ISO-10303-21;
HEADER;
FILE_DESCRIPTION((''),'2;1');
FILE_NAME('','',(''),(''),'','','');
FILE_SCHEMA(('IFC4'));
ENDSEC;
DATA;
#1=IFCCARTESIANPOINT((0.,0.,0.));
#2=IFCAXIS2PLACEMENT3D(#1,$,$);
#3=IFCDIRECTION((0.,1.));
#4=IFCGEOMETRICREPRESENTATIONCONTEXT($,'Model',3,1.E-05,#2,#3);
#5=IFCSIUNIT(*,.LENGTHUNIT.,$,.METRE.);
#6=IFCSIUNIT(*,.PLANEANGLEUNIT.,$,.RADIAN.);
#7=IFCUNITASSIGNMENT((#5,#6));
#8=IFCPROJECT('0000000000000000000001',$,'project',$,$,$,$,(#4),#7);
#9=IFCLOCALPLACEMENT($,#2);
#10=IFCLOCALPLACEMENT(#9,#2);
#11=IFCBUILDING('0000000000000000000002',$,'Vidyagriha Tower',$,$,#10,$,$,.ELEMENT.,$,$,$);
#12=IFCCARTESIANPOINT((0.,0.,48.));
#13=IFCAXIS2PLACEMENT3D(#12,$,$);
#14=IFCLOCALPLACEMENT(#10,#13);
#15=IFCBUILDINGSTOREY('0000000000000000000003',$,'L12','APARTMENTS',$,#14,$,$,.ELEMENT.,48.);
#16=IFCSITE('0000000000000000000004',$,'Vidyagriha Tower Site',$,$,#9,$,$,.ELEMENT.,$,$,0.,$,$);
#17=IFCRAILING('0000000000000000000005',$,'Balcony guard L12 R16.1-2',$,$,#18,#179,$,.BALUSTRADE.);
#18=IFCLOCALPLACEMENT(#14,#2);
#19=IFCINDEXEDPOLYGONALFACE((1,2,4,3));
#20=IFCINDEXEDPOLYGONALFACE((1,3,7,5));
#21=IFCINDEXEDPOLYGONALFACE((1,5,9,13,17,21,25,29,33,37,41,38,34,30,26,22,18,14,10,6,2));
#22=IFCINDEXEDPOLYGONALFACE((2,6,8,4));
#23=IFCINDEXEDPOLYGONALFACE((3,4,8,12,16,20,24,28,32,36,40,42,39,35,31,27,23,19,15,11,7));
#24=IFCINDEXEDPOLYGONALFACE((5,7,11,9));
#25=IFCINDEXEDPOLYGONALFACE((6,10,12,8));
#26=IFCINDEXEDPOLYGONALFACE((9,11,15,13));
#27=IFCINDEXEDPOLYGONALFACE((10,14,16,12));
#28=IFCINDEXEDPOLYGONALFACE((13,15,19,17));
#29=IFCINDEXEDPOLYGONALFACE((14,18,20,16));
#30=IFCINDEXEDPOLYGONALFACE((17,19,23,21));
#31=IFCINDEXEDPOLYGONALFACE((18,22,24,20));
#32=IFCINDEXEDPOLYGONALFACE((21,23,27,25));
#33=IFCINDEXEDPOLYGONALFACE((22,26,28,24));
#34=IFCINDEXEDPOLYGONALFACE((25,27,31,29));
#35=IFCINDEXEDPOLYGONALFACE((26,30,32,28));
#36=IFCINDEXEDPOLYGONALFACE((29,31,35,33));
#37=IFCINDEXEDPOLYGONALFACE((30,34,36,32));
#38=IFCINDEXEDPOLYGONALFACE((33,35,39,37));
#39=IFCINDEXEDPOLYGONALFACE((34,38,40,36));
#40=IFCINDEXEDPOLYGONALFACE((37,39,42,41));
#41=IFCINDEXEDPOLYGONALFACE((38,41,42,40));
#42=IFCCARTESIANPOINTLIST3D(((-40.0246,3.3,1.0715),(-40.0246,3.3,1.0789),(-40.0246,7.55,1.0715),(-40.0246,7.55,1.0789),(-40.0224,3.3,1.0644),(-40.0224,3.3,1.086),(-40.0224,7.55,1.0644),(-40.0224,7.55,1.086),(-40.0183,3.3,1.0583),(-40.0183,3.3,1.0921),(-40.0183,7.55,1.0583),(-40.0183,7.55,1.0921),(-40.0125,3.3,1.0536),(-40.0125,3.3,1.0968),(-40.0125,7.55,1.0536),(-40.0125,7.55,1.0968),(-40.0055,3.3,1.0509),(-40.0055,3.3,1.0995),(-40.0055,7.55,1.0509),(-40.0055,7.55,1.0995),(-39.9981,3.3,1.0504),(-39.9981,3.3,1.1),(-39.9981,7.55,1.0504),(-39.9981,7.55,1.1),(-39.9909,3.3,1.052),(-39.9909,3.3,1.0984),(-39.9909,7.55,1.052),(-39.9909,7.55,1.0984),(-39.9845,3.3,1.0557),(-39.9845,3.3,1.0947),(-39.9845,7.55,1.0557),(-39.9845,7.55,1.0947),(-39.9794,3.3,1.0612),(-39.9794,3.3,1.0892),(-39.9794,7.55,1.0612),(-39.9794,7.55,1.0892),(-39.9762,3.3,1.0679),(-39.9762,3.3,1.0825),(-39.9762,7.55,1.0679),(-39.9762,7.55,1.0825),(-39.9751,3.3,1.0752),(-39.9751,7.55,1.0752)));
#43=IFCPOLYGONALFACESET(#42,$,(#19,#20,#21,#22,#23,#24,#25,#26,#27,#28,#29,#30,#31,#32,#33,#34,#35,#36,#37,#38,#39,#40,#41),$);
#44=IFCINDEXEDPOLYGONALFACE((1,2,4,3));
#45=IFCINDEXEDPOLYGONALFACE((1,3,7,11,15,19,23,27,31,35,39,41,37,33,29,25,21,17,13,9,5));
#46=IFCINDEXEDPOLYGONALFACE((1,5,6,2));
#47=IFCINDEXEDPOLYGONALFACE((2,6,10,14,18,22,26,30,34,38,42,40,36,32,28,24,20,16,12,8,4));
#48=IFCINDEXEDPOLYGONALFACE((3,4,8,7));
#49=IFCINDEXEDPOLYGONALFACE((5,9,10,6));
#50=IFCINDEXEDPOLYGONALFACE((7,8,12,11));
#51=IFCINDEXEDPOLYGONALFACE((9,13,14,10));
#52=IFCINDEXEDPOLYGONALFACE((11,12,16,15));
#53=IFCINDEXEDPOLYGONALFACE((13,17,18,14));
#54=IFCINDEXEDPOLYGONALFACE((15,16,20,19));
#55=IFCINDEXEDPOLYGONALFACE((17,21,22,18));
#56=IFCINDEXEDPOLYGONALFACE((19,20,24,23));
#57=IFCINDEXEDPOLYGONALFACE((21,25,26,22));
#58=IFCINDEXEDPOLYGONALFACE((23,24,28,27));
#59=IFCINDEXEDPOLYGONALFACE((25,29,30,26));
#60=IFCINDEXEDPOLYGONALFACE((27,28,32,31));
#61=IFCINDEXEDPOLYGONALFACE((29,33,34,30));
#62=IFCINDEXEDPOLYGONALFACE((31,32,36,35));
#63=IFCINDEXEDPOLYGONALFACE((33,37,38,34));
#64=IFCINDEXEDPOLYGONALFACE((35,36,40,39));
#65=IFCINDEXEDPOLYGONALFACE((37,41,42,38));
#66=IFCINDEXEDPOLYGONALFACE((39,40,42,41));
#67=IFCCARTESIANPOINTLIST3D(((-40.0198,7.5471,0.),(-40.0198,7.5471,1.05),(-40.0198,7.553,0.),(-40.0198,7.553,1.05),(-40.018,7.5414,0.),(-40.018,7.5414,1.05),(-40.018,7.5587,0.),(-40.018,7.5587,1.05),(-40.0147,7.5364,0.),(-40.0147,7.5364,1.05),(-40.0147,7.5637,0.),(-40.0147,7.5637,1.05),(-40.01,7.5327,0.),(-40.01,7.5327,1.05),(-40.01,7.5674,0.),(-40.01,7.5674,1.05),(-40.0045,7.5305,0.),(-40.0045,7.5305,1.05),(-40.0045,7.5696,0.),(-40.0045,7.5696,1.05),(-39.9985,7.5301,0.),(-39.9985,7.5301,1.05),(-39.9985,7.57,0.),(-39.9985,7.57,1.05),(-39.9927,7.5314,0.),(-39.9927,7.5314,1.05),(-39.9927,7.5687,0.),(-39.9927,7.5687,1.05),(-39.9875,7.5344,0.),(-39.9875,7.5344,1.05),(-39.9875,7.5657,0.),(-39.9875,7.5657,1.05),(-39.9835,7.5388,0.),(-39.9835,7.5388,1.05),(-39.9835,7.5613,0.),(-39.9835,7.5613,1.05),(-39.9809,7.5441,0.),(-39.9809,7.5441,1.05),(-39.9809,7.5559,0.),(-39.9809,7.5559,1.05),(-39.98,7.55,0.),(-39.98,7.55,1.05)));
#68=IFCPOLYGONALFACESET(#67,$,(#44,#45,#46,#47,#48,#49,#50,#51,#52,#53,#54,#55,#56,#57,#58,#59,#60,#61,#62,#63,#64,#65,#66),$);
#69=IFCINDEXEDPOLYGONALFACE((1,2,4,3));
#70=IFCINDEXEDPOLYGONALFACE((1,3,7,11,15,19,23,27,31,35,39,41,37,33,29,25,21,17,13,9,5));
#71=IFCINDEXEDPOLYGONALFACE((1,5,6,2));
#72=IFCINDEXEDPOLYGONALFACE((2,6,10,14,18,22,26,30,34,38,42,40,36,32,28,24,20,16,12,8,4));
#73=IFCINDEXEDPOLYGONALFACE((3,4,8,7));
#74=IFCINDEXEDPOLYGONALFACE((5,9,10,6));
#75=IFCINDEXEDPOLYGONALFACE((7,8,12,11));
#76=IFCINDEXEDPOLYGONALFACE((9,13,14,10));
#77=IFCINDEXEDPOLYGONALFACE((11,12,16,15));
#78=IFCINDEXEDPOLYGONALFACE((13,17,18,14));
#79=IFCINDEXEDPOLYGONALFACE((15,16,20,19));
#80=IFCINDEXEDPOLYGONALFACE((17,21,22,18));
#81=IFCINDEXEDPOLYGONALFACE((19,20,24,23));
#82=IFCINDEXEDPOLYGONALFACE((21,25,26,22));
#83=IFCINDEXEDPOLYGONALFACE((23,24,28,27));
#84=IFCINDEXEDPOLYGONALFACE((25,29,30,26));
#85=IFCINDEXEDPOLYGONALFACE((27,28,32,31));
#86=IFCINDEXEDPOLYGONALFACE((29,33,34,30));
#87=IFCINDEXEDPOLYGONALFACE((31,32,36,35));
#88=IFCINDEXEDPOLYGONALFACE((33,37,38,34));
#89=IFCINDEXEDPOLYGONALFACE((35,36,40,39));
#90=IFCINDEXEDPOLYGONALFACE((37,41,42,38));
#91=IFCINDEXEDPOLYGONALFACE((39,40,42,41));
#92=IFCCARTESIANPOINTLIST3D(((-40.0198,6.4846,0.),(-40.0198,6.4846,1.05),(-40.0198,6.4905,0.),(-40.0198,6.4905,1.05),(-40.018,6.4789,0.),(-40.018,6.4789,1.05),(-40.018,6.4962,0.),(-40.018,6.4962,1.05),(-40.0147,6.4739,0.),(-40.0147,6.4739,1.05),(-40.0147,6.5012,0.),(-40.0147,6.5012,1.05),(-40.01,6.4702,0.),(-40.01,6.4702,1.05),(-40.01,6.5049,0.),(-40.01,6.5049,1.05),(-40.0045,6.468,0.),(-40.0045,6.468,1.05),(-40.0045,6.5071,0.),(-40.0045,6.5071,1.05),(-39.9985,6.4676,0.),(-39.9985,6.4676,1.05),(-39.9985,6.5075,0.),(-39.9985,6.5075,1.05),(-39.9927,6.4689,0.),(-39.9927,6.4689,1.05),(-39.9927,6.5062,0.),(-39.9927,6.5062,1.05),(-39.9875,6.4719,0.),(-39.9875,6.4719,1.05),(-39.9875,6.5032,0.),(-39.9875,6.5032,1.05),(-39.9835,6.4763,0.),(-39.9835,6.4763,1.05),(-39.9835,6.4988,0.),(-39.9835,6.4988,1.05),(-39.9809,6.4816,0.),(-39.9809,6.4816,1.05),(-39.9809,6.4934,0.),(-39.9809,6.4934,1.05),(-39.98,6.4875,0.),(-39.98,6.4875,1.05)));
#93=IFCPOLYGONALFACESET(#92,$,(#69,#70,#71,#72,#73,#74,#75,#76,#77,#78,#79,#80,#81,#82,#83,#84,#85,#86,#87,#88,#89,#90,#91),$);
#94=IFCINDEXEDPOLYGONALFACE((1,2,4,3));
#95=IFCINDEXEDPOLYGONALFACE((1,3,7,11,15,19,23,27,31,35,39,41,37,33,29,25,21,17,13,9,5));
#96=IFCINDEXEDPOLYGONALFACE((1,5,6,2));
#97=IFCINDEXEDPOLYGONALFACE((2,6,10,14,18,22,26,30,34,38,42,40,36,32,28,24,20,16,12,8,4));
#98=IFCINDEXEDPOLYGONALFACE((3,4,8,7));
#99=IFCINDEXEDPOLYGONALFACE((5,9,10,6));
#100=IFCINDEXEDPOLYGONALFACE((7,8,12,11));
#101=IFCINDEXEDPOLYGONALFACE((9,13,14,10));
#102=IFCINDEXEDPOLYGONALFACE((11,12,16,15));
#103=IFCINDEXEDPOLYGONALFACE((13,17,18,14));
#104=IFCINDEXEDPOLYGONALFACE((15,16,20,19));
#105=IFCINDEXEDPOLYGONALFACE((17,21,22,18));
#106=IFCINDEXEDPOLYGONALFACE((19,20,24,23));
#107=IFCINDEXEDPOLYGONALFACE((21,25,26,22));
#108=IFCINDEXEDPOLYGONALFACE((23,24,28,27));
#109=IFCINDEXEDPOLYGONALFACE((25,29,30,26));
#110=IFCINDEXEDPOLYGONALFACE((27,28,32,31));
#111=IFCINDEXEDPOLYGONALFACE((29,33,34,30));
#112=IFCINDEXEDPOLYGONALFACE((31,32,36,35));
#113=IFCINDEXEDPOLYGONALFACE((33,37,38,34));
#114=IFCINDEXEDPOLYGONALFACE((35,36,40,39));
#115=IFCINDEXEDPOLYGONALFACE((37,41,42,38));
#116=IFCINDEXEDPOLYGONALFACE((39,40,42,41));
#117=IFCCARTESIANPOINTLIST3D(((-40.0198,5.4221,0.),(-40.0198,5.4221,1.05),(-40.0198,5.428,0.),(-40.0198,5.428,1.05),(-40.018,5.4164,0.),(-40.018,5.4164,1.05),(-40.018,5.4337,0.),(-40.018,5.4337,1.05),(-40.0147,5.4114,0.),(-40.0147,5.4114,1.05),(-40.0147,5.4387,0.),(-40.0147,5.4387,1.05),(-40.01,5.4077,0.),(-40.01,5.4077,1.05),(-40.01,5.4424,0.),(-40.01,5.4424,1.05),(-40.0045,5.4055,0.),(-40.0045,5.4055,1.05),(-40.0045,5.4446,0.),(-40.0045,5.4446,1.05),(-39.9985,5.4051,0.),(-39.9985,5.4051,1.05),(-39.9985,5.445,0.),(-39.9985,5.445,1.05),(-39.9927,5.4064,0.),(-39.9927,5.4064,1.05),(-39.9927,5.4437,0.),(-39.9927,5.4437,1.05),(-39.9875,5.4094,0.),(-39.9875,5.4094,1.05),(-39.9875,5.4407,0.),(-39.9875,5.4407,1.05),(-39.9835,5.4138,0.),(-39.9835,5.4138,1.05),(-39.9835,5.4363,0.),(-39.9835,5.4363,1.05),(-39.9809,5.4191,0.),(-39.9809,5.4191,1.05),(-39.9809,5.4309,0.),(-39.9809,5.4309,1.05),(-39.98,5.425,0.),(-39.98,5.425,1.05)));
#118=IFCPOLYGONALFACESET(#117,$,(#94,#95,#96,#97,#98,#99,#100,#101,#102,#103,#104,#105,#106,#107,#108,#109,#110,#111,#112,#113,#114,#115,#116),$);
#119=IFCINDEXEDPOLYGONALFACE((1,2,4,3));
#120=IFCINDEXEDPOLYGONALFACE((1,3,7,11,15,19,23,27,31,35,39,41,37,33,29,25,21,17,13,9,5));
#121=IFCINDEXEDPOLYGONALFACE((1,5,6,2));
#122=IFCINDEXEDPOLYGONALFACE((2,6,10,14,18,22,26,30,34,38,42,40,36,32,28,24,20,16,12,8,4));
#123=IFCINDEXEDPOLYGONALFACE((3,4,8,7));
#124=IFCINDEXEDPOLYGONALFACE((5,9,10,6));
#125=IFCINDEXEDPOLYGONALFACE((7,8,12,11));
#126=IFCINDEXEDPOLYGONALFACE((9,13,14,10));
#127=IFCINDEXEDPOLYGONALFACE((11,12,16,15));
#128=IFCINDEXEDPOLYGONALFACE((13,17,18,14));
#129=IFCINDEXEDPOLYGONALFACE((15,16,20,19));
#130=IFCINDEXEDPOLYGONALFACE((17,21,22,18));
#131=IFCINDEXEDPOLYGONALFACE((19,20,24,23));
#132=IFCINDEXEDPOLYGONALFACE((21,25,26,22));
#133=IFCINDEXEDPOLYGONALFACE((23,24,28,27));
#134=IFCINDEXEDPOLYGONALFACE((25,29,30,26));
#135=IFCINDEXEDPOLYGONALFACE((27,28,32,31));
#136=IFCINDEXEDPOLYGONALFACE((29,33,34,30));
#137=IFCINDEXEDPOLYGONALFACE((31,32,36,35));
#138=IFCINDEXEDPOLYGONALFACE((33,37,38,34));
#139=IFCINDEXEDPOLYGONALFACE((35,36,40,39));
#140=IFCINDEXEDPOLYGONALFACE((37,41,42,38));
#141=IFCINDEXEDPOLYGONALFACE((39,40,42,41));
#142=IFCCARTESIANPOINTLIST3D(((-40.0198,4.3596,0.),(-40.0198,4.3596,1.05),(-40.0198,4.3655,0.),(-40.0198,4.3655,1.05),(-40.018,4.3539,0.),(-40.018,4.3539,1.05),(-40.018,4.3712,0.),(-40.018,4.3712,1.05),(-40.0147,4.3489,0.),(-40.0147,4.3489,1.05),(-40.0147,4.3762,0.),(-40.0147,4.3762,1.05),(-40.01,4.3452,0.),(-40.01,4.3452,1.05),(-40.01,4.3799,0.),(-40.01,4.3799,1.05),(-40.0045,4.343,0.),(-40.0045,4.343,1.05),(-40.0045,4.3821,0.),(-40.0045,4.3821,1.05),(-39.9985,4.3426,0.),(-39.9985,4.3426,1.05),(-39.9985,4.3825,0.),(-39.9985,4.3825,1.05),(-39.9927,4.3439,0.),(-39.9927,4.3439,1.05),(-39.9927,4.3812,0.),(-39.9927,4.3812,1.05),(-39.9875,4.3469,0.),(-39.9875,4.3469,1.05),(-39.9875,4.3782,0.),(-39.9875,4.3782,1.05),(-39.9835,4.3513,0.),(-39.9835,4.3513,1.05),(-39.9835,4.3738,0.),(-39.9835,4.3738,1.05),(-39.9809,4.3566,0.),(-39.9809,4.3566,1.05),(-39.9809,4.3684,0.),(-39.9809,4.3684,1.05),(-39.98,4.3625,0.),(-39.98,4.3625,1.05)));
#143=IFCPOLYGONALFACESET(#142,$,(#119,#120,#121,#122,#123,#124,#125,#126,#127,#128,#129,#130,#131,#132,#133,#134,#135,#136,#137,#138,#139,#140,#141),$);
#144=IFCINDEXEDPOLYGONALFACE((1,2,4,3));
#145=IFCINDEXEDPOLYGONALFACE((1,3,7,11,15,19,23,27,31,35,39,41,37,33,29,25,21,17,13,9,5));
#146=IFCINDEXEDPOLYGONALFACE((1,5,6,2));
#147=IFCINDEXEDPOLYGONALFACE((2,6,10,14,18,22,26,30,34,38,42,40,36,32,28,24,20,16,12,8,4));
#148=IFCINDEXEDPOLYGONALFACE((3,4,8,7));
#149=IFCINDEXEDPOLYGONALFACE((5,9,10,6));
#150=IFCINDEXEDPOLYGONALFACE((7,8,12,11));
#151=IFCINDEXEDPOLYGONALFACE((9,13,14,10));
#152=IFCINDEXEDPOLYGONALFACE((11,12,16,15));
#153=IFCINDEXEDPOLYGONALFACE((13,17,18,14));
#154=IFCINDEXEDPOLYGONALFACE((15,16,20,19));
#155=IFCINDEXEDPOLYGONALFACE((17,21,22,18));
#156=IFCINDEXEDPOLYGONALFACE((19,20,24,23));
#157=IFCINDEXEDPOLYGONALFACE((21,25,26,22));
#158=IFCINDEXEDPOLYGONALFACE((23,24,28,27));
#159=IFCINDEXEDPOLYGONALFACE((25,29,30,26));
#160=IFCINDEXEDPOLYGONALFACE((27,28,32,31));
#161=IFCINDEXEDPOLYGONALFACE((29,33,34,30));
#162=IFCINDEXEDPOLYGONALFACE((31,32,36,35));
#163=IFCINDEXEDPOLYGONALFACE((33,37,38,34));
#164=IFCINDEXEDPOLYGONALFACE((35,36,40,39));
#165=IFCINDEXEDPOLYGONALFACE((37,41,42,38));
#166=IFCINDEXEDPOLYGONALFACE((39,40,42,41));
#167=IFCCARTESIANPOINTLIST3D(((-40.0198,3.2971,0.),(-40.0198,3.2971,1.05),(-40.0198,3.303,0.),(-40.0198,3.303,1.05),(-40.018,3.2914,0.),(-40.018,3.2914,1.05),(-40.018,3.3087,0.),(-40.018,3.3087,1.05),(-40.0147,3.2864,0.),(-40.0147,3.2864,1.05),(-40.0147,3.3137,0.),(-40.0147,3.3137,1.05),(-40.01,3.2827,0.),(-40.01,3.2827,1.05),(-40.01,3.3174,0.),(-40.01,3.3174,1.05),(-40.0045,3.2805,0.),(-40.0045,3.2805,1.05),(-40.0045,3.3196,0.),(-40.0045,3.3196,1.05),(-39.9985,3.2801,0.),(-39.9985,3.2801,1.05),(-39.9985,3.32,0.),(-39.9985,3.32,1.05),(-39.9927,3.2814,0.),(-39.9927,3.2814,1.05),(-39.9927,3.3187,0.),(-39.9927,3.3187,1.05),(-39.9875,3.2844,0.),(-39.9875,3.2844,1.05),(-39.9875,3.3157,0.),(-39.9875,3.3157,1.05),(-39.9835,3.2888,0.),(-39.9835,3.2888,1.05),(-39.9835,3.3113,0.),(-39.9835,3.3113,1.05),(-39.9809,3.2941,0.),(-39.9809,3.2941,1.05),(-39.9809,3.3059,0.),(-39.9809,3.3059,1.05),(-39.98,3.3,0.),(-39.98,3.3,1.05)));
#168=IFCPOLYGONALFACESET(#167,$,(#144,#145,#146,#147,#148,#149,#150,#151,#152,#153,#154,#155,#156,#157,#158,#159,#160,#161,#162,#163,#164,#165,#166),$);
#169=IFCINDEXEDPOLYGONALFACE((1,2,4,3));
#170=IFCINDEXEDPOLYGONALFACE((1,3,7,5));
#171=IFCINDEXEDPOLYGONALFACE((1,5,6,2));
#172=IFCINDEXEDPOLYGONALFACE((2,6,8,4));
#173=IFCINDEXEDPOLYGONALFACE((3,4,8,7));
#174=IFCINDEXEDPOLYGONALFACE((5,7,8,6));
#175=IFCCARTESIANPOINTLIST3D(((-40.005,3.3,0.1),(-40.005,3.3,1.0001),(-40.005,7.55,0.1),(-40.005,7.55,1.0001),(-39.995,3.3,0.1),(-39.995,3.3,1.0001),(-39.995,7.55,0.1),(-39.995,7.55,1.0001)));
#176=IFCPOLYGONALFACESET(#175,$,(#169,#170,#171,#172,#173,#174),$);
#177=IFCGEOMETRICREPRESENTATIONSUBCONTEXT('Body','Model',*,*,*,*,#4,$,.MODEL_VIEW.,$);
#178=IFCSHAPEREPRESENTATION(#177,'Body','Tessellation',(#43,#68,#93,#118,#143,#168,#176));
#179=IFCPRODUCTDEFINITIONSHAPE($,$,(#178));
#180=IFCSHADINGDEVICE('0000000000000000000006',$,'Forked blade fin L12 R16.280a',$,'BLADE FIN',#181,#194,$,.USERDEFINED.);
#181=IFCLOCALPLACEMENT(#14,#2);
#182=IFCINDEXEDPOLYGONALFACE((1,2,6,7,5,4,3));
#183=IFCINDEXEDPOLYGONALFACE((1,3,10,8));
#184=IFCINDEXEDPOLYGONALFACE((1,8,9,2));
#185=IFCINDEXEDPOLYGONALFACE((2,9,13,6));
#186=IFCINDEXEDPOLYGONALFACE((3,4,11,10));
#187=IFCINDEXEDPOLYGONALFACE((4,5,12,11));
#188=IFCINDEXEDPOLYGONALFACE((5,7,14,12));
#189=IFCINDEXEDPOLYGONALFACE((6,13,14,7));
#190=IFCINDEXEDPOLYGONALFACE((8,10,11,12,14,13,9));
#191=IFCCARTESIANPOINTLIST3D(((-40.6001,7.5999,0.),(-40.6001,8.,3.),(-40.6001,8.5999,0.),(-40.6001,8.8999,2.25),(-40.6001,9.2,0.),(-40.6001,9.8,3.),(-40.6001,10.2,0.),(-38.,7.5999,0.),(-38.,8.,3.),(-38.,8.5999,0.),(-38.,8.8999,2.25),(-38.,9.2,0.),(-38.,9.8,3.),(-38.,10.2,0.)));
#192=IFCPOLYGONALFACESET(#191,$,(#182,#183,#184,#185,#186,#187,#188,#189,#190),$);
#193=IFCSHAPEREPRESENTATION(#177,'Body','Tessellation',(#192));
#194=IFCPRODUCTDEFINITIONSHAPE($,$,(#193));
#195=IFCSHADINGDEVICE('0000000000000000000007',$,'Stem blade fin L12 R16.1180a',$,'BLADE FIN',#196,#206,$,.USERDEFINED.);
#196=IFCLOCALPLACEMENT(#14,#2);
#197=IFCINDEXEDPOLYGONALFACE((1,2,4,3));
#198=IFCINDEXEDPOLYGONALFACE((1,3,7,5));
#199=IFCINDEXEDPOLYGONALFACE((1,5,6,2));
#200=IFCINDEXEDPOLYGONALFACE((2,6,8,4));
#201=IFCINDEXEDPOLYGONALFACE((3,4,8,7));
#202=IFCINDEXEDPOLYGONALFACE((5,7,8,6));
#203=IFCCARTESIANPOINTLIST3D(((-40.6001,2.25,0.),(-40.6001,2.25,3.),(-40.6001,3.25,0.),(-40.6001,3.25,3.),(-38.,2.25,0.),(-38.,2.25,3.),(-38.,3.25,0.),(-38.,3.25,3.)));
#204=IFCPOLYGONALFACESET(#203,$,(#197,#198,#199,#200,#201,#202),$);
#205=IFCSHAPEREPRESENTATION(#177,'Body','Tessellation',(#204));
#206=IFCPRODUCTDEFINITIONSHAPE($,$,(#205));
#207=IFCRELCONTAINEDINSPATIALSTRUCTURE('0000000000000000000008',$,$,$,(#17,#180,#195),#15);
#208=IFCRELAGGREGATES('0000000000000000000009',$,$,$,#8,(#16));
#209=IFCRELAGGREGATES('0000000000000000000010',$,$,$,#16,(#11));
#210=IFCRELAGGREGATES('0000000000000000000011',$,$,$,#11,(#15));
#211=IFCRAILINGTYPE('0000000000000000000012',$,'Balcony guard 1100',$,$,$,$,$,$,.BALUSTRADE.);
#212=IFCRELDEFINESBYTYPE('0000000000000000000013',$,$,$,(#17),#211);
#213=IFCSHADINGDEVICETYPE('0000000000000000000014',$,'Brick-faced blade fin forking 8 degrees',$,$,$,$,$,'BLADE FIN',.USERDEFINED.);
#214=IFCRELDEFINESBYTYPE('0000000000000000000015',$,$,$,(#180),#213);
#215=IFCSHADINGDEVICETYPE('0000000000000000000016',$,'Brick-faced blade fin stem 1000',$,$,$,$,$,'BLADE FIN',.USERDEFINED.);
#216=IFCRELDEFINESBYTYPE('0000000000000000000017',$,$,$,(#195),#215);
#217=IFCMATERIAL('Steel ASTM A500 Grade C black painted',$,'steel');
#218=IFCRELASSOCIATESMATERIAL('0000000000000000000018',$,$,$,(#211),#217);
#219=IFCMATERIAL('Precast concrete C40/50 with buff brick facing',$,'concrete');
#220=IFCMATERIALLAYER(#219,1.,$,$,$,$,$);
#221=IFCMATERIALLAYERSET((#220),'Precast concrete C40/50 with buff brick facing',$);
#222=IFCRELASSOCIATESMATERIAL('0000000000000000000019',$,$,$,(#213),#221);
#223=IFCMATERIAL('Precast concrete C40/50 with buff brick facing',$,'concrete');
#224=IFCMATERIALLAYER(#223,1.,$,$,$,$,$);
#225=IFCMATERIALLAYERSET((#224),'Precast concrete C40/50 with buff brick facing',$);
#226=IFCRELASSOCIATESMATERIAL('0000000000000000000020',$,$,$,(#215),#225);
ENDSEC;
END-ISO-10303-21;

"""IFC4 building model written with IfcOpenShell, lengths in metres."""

from ifc_helpers import new_model, si_unit, direction, frame, origin, origin_2d, place, context, subcontext, project, spatial, polyline, rectangle, circle, outline, extrude, material, layer, layer_set, type_object, element, save


model = new_model("IFC4")

# Units and contexts
model_context = context("Model", 3, precision=1e-05, world=origin(), true_north=direction((0.0, 1.0)))
body_context = subcontext(model_context, "Body", "Model", "MODEL_VIEW")
ifc_project = project(units=[si_unit("LENGTHUNIT", "METRE"), si_unit("PLANEANGLEUNIT", "RADIAN")], contexts=[model_context])

# Site, building, storey
site_placement = place(None, origin())
site = spatial("IfcSite", under=ifc_project, at=site_placement, Name="Vidyagriha Tower Site", CompositionType="ELEMENT", RefElevation=0.0)
building_placement = place(site_placement, origin())
building = spatial("IfcBuilding", under=site, at=building_placement, Name="Vidyagriha Tower", CompositionType="ELEMENT")
storey_placement = place(building_placement, frame((0.0, 0.0, 48.0)))
storey = spatial("IfcBuildingStorey", under=building, at=storey_placement, Name="L12", Description="APARTMENTS", CompositionType="ELEMENT", Elevation=48.0)

# Railing
ifc_material_1 = material(Name="Steel ASTM A500 Grade C black painted", Category="steel")
railing_type_1 = type_object("IfcRailingType", Name="Balcony guard 1100", PredefinedType="BALUSTRADE", material=ifc_material_1)
railing_1_placement = place(storey_placement, frame((-40.0, 7.55, 0.0)))
element("IfcRailing", 1, at=railing_1_placement, inside=storey, type_object=railing_type_1, Name="Balcony guard L12 R16.1-2", PredefinedType="BALUSTRADE", context=body_context, shape_type="SweptSolid", body=[
    extrude(circle(Radius=0.0249, at=origin_2d()), frame((0.0, 0.0, 1.0752), z_axis=(0.0, -1.0, 0.0), x_axis=(1.0, 0.0, 0.0)), (0.0, 0.0, 1.0), 4.25),
    extrude(circle(Radius=0.02, at=origin_2d()), origin(), (0.0, 0.0, 1.0), 1.05),
    extrude(circle(Radius=0.02, at=origin_2d()), frame((0.0, -1.0625, 0.0)), (0.0, 0.0, 1.0), 1.05),
    extrude(circle(Radius=0.02, at=origin_2d()), frame((0.0, -2.125, 0.0)), (0.0, 0.0, 1.0), 1.05),
    extrude(circle(Radius=0.02, at=origin_2d()), frame((0.0, -3.1875, 0.0)), (0.0, 0.0, 1.0), 1.05),
    extrude(circle(Radius=0.02, at=origin_2d()), frame((0.0, -4.25, 0.0)), (0.0, 0.0, 1.0), 1.05),
    extrude(rectangle(XDim=0.01, YDim=0.9001, at=origin_2d()), frame((0.0, 0.0, 0.55), z_axis=(0.0, -1.0, 0.0), x_axis=(1.0, 0.0, 0.0)), (0.0, 0.0, 1.0), 4.25),
])

# Shading devices
ifc_material_2 = material(Name="Precast concrete C40/50 with buff brick facing", Category="concrete")
ifc_layer_1 = layer(ifc_material_2, 1.0)
ifc_layer_set_1 = layer_set([ifc_layer_1], Name="Precast concrete C40/50 with buff brick facing")
shading_device_type_1 = type_object("IfcShadingDeviceType", Name="Brick-faced blade fin forking 8 degrees", ElementType="BLADE FIN", PredefinedType="USERDEFINED", material=ifc_layer_set_1)
shading_device_1_placement = place(storey_placement, frame((-39.3, 10.2, 0.0), z_axis=(0.0, 0.0, 1.0), x_axis=(0.0, -1.0, 0.0)))
element("IfcShadingDevice", 2, at=shading_device_1_placement, inside=storey, type_object=shading_device_type_1, Name="Forked blade fin L12 R16.280a", ObjectType="BLADE FIN", PredefinedType="USERDEFINED", context=body_context, shape_type="SweptSolid", body=[
    extrude(outline(polyline([(1.0, 0.0), (1.3, 2.25), (1.6001, 0.0), (2.6001, 0.0), (2.2, 3.0), (0.3999, 3.0), (0.0, 0.0), (1.0, 0.0)])), frame((0.0, 1.3, 0.0), z_axis=(0.0, -1.0, 0.0), x_axis=(1.0, 0.0, 0.0)), (0.0, 0.0, 1.0), 2.6001),
])
ifc_material_3 = material(Name="Precast concrete C40/50 with buff brick facing", Category="concrete")
ifc_layer_2 = layer(ifc_material_3, 1.0)
ifc_layer_set_2 = layer_set([ifc_layer_2], Name="Precast concrete C40/50 with buff brick facing")
shading_device_type_2 = type_object("IfcShadingDeviceType", Name="Brick-faced blade fin stem 1000", ElementType="BLADE FIN", PredefinedType="USERDEFINED", material=ifc_layer_set_2)
shading_device_2_placement = place(storey_placement, frame((-39.3, 3.25, 0.0), z_axis=(0.0, 0.0, 1.0), x_axis=(0.0, -1.0, 0.0)))
element("IfcShadingDevice", 3, at=shading_device_2_placement, inside=storey, type_object=shading_device_type_2, Name="Stem blade fin L12 R16.1180a", ObjectType="BLADE FIN", PredefinedType="USERDEFINED", context=body_context, shape_type="SweptSolid", body=[
    extrude(outline(polyline([(0.0, 0.0), (1.0, 0.0), (1.0, 3.0), (0.0, 3.0), (0.0, 0.0)])), frame((0.0, 1.3, 0.0), z_axis=(0.0, -1.0, 0.0), x_axis=(1.0, 0.0, 0.0)), (0.0, 0.0, 1.0), 2.6001),
])

save(model, "model.ifc")
